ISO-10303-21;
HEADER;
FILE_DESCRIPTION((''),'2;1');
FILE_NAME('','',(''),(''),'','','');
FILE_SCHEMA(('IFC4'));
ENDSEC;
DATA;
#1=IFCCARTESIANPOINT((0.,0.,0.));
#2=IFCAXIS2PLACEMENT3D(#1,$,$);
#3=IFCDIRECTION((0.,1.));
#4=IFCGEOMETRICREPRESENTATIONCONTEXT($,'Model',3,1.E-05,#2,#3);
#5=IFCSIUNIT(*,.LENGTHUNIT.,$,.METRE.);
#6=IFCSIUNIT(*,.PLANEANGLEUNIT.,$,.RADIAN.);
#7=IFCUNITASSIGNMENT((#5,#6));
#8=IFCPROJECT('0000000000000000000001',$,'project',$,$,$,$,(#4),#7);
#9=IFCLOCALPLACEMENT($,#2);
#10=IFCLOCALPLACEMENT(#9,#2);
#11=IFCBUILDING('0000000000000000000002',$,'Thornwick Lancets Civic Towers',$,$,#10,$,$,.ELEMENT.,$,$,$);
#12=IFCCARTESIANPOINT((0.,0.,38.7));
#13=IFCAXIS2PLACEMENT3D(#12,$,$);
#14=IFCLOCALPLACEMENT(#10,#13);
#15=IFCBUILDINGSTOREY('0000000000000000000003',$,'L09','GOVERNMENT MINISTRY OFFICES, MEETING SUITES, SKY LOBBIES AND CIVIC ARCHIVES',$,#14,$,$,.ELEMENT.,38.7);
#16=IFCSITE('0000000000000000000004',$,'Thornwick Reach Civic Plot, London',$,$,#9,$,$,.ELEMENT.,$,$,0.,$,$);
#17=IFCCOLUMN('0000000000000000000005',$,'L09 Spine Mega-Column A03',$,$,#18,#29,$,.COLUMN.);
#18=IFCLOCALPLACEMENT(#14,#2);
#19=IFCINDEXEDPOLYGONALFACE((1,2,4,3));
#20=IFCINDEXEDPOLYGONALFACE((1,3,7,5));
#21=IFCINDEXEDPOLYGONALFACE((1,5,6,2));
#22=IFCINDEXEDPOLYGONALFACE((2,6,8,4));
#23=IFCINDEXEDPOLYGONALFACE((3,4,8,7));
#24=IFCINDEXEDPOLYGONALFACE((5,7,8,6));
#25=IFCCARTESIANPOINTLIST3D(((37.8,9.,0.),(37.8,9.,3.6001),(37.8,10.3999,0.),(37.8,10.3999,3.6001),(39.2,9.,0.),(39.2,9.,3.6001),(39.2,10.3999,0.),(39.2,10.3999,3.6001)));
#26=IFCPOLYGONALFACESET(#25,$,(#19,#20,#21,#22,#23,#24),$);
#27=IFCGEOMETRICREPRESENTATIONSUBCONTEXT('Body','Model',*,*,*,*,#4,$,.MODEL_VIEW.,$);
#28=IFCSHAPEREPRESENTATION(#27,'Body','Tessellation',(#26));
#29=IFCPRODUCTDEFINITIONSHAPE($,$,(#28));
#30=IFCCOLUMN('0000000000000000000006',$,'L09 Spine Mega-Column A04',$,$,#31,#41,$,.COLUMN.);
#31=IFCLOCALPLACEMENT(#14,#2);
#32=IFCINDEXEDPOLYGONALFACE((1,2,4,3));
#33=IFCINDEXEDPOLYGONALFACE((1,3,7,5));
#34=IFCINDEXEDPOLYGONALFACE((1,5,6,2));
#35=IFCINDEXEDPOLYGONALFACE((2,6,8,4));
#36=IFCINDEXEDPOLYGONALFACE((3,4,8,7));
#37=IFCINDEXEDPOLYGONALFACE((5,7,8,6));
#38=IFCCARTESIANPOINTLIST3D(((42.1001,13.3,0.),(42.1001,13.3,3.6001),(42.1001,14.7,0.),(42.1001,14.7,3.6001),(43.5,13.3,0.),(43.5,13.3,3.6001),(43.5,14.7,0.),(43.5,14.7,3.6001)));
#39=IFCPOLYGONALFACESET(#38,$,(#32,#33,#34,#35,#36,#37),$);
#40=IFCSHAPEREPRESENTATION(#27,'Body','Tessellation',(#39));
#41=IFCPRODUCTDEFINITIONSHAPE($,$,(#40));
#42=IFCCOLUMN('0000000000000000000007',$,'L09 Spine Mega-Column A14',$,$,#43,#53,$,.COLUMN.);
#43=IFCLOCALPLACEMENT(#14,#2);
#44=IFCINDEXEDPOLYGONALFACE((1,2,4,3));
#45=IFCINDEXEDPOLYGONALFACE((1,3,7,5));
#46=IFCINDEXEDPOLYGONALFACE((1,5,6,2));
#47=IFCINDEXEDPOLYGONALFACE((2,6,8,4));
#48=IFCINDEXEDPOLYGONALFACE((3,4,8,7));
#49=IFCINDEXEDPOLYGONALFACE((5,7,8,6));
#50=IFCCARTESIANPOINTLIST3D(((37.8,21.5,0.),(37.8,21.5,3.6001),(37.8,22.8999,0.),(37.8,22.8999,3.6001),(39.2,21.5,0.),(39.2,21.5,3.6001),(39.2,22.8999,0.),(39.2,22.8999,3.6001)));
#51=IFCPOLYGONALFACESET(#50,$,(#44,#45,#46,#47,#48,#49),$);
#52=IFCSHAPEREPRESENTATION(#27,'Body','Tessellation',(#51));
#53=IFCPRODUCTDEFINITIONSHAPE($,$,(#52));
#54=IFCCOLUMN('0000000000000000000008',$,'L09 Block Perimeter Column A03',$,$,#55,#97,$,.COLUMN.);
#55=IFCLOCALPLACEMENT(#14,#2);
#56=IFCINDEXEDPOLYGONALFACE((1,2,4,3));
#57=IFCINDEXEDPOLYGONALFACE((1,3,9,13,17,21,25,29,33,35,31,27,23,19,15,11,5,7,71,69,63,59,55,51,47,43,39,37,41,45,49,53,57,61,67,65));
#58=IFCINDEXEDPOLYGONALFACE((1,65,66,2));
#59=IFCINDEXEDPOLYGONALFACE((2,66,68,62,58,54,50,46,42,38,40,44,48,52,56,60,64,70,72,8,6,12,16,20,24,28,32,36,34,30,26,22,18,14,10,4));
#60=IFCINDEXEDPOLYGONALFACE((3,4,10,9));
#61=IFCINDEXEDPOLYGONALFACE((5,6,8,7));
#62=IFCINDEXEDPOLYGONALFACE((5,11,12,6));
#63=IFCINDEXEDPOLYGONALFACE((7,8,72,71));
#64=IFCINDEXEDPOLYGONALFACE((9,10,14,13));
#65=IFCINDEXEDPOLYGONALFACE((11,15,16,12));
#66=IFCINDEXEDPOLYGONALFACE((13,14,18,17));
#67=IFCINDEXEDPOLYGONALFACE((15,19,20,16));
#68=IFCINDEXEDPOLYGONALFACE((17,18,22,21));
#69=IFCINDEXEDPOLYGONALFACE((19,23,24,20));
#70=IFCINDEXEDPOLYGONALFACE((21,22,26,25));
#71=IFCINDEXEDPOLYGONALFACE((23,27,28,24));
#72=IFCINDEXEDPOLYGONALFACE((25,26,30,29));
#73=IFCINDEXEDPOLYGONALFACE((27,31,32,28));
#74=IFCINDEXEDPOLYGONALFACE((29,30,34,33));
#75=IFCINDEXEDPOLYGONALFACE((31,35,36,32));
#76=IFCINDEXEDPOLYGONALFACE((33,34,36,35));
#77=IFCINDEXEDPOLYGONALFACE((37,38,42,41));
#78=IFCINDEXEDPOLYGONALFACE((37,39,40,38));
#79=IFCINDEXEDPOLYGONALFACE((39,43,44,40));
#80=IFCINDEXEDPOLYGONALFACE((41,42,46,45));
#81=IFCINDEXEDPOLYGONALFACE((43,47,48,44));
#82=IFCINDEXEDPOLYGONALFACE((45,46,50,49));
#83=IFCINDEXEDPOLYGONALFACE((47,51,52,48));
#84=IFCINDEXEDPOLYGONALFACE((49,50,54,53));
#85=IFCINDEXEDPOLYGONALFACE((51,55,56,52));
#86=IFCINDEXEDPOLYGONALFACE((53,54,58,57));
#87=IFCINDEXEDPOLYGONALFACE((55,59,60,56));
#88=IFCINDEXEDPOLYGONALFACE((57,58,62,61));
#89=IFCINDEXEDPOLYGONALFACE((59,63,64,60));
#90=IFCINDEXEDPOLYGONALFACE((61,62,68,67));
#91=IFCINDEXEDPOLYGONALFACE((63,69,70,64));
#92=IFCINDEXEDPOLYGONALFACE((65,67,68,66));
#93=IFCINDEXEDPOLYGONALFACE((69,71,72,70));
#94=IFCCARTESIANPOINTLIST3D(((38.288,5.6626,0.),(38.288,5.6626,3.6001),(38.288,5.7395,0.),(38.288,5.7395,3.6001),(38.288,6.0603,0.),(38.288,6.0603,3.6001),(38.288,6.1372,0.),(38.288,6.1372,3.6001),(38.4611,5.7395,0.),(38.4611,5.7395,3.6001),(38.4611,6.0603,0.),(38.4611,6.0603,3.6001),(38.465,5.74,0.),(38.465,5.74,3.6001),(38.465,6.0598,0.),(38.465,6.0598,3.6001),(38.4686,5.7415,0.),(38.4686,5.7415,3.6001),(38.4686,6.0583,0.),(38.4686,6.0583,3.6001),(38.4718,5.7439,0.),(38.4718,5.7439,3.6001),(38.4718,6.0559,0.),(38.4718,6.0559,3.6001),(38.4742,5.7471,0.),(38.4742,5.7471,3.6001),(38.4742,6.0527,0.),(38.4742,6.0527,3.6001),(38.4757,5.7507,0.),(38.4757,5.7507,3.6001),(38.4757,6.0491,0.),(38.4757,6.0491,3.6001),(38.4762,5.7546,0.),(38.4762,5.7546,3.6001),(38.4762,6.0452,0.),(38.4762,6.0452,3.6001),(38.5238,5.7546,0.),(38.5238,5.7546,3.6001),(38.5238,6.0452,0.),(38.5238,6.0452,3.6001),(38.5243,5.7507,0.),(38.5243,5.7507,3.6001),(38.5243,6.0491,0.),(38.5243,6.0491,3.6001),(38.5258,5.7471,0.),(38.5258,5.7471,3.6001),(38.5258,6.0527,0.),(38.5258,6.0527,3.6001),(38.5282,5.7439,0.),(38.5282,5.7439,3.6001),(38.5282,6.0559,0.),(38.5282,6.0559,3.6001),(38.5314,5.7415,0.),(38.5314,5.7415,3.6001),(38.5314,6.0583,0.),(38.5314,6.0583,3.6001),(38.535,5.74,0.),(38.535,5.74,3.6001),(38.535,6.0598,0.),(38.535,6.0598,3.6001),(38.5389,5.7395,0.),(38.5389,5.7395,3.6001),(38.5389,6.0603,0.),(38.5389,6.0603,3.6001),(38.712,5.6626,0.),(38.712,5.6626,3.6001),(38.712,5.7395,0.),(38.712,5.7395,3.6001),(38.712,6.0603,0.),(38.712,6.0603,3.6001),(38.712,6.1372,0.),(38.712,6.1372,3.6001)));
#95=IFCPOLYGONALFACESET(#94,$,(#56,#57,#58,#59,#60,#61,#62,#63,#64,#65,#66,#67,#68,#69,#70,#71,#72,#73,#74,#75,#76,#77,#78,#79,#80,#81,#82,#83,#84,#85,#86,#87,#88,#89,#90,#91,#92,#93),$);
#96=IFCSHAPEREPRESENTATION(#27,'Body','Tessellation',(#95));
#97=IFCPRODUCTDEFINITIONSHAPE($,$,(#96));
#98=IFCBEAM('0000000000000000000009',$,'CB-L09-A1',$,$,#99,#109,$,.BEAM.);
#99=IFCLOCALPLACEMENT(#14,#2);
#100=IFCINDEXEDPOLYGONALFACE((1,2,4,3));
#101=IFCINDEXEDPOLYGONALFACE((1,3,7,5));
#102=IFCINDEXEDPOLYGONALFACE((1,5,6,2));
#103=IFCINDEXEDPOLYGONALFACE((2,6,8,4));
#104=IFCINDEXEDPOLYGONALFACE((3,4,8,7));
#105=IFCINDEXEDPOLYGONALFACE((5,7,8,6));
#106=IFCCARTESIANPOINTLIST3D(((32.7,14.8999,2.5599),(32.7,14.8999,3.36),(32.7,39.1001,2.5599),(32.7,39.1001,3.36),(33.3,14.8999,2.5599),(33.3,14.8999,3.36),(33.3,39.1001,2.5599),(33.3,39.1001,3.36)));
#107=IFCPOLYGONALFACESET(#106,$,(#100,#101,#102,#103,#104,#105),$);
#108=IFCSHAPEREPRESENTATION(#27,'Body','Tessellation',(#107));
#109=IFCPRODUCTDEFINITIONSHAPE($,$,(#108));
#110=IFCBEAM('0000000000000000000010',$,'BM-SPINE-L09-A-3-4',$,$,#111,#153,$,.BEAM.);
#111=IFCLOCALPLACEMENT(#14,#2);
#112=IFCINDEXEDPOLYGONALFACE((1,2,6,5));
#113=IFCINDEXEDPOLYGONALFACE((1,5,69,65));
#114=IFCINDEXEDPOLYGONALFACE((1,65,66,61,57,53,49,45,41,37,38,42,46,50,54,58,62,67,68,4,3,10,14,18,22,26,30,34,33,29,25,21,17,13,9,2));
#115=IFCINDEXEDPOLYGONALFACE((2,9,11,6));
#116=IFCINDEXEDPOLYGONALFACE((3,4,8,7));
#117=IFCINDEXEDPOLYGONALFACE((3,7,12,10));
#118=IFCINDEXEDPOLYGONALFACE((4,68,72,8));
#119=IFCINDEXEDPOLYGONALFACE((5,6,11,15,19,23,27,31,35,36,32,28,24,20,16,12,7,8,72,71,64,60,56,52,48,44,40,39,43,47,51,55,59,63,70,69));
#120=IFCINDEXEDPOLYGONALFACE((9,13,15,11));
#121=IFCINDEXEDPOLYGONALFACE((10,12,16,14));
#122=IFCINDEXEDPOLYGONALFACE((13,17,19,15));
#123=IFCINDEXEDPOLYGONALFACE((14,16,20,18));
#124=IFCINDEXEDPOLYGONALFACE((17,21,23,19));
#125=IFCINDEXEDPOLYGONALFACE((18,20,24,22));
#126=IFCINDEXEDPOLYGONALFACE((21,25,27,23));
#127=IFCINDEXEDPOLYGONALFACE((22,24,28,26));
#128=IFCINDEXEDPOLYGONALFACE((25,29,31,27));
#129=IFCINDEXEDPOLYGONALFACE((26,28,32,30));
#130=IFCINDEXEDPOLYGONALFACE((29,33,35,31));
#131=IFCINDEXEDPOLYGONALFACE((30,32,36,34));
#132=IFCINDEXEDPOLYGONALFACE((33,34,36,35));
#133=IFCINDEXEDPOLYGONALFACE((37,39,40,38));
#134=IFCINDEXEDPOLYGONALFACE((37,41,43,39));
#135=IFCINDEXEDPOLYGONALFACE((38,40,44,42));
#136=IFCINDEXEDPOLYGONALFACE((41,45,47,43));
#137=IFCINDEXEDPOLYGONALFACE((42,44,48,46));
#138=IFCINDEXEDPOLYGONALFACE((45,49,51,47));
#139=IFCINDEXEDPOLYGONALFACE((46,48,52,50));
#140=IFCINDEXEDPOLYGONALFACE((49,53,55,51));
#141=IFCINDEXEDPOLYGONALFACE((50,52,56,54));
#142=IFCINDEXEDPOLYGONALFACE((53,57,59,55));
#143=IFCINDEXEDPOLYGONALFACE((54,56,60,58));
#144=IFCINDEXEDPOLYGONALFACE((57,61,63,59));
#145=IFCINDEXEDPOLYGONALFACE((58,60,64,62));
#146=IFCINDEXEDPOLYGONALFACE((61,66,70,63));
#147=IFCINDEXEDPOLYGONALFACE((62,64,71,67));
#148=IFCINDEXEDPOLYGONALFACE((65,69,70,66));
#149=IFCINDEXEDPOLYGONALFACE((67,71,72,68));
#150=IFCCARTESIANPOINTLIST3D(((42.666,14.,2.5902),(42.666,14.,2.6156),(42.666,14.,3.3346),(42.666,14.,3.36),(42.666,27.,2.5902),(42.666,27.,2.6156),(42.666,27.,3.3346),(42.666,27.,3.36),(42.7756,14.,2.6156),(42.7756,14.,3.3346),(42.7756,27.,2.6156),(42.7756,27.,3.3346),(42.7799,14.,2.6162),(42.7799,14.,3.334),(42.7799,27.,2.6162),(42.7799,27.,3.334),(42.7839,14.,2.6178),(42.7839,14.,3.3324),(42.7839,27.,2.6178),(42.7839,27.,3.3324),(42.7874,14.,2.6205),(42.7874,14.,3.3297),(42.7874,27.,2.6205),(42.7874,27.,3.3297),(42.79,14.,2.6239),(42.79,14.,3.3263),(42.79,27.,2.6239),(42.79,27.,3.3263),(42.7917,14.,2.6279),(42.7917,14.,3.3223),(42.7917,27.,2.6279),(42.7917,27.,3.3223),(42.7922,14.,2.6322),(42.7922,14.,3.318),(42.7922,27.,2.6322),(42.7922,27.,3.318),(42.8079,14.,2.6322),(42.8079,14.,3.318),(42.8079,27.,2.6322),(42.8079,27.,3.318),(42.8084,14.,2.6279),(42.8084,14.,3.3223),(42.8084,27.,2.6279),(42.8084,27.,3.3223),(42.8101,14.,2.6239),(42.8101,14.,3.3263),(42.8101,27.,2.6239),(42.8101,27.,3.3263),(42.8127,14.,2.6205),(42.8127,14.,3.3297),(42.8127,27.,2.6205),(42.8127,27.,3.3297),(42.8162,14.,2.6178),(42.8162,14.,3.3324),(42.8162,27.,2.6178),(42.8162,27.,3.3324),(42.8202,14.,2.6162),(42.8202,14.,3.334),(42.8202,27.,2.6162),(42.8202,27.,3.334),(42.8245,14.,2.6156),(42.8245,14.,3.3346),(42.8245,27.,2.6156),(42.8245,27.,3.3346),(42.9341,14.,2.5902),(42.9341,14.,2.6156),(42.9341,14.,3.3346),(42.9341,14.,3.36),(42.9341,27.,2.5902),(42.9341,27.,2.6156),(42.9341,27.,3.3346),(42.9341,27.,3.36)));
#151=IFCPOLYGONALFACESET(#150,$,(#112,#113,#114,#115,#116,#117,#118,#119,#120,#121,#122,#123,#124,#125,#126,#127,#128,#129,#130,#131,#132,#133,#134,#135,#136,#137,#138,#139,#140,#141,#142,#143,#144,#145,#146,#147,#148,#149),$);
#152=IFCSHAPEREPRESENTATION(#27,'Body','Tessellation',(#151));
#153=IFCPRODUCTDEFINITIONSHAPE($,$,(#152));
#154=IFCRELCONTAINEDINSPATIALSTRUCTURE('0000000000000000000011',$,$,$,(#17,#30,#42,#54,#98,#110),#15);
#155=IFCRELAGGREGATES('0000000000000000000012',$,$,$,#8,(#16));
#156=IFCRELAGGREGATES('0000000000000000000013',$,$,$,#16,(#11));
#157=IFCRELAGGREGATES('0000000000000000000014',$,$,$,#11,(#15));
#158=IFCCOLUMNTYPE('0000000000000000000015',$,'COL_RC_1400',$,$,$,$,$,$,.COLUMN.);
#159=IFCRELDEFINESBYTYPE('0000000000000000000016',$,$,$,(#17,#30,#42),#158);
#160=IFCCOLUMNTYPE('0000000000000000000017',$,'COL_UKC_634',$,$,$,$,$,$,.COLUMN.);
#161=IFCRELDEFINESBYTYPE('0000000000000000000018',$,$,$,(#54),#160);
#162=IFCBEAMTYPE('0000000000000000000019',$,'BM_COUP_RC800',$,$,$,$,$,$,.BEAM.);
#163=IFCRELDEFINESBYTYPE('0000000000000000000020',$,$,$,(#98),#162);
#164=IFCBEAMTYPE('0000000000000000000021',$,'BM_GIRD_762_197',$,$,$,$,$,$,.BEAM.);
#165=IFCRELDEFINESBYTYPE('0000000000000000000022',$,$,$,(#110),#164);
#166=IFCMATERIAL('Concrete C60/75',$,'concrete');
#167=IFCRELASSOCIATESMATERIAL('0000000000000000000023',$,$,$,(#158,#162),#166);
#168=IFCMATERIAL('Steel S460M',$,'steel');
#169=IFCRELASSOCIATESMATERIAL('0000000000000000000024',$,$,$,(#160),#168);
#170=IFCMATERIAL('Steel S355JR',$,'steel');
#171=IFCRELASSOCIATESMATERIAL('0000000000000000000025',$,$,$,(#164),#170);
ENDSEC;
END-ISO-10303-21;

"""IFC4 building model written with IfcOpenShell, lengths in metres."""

from ifc_helpers import new_model, si_unit, direction, frame, origin, origin_2d, place, context, subcontext, project, spatial, rectangle, i_section, extrude, material, material_profile, profile_set, type_object, element, save


model = new_model("IFC4")

# Units and contexts
model_context = context("Model", 3, precision=1e-05, world=origin(), true_north=direction((0.0, 1.0)))
body_context = subcontext(model_context, "Body", "Model", "MODEL_VIEW")
ifc_project = project(units=[si_unit("LENGTHUNIT", "METRE"), si_unit("PLANEANGLEUNIT", "RADIAN")], contexts=[model_context])

# Site, building, storey
site_placement = place(None, origin())
site = spatial("IfcSite", under=ifc_project, at=site_placement, Name="Thornwick Reach Civic Plot, London", CompositionType="ELEMENT", RefElevation=0.0)
building_placement = place(site_placement, origin())
building = spatial("IfcBuilding", under=site, at=building_placement, Name="Thornwick Lancets Civic Towers", CompositionType="ELEMENT")
storey_placement = place(building_placement, frame((0.0, 0.0, 38.7)))
storey = spatial("IfcBuildingStorey", under=building, at=storey_placement, Name="L09", Description="GOVERNMENT MINISTRY OFFICES, MEETING SUITES, SKY LOBBIES AND CIVIC ARCHIVES", CompositionType="ELEMENT", Elevation=38.7)

# Columns
ifc_material_1 = material(Name="Concrete C60/75", Category="concrete")
ifc_material_profile_1 = material_profile(ifc_material_1, rectangle(XDim=1.3999, YDim=1.3999, at=origin_2d()), Name="RC 1400x1400")
ifc_profile_set_1 = profile_set([ifc_material_profile_1], Name="Concrete C60/75")
column_type_1 = type_object("IfcColumnType", Name="COL_RC_1400", PredefinedType="COLUMN", material=ifc_profile_set_1)
for number, where, z_axis, x_axis, name in (
    (1, (38.5, 9.7, 0.0), (0.0, 0.0, 1.0), (1.0, 0.0, 0.0), "L09 Spine Mega-Column A03"),
    (2, (42.8, 14.0, 0.0), (0.0, 0.0, 1.0), (1.0, 0.0, 0.0), "L09 Spine Mega-Column A04"),
    (3, (38.5, 22.2, 0.0), (0.0, 0.0, 1.0), (1.0, 0.0, 0.0), "L09 Spine Mega-Column A14"),
):
    element("IfcColumn", number, at=place(storey_placement, frame(where, z_axis=z_axis, x_axis=x_axis)), inside=storey, type_object=column_type_1, Name=name, PredefinedType="COLUMN", context=body_context, shape_type="SweptSolid", body=[
        extrude(rectangle(XDim=1.3999, YDim=1.3999, at=origin_2d()), origin(), (0.0, 0.0, 1.0), 3.6001),
    ])
ifc_material_2 = material(Name="Steel S460M", Category="steel")
ifc_material_profile_2 = material_profile(ifc_material_2, i_section(OverallWidth=0.4241, OverallDepth=0.4746, WebThickness=0.0476, FlangeThickness=0.0769, FilletRadius=0.0151, at=origin_2d()), Name="UKC 356x406x634")
ifc_profile_set_2 = profile_set([ifc_material_profile_2], Name="Steel S460M")
column_type_2 = type_object("IfcColumnType", Name="COL_UKC_634", PredefinedType="COLUMN", material=ifc_profile_set_2)
column_placement = place(storey_placement, frame((38.5, 5.8999, 0.0), z_axis=(0.0, 0.0, 1.0), x_axis=(1.0, 0.0, 0.0)))
element("IfcColumn", 4, at=column_placement, inside=storey, type_object=column_type_2, Name="L09 Block Perimeter Column A03", PredefinedType="COLUMN", context=body_context, shape_type="SweptSolid", body=[
    extrude(i_section(OverallWidth=0.4241, OverallDepth=0.4746, WebThickness=0.0476, FlangeThickness=0.0769, FilletRadius=0.0151, at=origin_2d()), origin(), (0.0, 0.0, 1.0), 3.6001),
])

# Beams
ifc_material_profile_3 = material_profile(ifc_material_1, rectangle(XDim=0.6001, YDim=0.8, at=origin_2d()), Name="RC 600x800")
ifc_profile_set_3 = profile_set([ifc_material_profile_3], Name="Concrete C60/75")
beam_type_1 = type_object("IfcBeamType", Name="BM_COUP_RC800", PredefinedType="BEAM", material=ifc_profile_set_3)
beam_1_placement = place(storey_placement, frame((33.0, 14.8999, 2.96), z_axis=(0.0, 1.0, 0.0), x_axis=(-1.0, 0.0, 0.0)))
element("IfcBeam", 5, at=beam_1_placement, inside=storey, type_object=beam_type_1, Name="CB-L09-A1", PredefinedType="BEAM", context=body_context, shape_type="SweptSolid", body=[
    extrude(rectangle(XDim=0.6001, YDim=0.8, at=origin_2d()), origin(), (0.0, 0.0, 1.0), 24.2002),
])
ifc_material_3 = material(Name="Steel S355JR", Category="steel")
ifc_material_profile_4 = material_profile(ifc_material_3, i_section(OverallWidth=0.2681, OverallDepth=0.7698, WebThickness=0.0156, FlangeThickness=0.0254, FilletRadius=0.0166, at=origin_2d()), Name="UKB 762x267x197")
ifc_profile_set_4 = profile_set([ifc_material_profile_4], Name="Steel S355JR")
beam_type_2 = type_object("IfcBeamType", Name="BM_GIRD_762_197", PredefinedType="BEAM", material=ifc_profile_set_4)
beam_2_placement = place(storey_placement, frame((42.8, 14.0, 2.9751), z_axis=(0.0, 1.0, 0.0), x_axis=(-1.0, 0.0, 0.0)))
element("IfcBeam", 6, at=beam_2_placement, inside=storey, type_object=beam_type_2, Name="BM-SPINE-L09-A-3-4", PredefinedType="BEAM", context=body_context, shape_type="SweptSolid", body=[
    extrude(i_section(OverallWidth=0.2681, OverallDepth=0.7698, WebThickness=0.0156, FlangeThickness=0.0254, FilletRadius=0.0166, at=origin_2d()), origin(), (0.0, 0.0, 1.0), 13.0),
])

save(model, "model.ifc")
